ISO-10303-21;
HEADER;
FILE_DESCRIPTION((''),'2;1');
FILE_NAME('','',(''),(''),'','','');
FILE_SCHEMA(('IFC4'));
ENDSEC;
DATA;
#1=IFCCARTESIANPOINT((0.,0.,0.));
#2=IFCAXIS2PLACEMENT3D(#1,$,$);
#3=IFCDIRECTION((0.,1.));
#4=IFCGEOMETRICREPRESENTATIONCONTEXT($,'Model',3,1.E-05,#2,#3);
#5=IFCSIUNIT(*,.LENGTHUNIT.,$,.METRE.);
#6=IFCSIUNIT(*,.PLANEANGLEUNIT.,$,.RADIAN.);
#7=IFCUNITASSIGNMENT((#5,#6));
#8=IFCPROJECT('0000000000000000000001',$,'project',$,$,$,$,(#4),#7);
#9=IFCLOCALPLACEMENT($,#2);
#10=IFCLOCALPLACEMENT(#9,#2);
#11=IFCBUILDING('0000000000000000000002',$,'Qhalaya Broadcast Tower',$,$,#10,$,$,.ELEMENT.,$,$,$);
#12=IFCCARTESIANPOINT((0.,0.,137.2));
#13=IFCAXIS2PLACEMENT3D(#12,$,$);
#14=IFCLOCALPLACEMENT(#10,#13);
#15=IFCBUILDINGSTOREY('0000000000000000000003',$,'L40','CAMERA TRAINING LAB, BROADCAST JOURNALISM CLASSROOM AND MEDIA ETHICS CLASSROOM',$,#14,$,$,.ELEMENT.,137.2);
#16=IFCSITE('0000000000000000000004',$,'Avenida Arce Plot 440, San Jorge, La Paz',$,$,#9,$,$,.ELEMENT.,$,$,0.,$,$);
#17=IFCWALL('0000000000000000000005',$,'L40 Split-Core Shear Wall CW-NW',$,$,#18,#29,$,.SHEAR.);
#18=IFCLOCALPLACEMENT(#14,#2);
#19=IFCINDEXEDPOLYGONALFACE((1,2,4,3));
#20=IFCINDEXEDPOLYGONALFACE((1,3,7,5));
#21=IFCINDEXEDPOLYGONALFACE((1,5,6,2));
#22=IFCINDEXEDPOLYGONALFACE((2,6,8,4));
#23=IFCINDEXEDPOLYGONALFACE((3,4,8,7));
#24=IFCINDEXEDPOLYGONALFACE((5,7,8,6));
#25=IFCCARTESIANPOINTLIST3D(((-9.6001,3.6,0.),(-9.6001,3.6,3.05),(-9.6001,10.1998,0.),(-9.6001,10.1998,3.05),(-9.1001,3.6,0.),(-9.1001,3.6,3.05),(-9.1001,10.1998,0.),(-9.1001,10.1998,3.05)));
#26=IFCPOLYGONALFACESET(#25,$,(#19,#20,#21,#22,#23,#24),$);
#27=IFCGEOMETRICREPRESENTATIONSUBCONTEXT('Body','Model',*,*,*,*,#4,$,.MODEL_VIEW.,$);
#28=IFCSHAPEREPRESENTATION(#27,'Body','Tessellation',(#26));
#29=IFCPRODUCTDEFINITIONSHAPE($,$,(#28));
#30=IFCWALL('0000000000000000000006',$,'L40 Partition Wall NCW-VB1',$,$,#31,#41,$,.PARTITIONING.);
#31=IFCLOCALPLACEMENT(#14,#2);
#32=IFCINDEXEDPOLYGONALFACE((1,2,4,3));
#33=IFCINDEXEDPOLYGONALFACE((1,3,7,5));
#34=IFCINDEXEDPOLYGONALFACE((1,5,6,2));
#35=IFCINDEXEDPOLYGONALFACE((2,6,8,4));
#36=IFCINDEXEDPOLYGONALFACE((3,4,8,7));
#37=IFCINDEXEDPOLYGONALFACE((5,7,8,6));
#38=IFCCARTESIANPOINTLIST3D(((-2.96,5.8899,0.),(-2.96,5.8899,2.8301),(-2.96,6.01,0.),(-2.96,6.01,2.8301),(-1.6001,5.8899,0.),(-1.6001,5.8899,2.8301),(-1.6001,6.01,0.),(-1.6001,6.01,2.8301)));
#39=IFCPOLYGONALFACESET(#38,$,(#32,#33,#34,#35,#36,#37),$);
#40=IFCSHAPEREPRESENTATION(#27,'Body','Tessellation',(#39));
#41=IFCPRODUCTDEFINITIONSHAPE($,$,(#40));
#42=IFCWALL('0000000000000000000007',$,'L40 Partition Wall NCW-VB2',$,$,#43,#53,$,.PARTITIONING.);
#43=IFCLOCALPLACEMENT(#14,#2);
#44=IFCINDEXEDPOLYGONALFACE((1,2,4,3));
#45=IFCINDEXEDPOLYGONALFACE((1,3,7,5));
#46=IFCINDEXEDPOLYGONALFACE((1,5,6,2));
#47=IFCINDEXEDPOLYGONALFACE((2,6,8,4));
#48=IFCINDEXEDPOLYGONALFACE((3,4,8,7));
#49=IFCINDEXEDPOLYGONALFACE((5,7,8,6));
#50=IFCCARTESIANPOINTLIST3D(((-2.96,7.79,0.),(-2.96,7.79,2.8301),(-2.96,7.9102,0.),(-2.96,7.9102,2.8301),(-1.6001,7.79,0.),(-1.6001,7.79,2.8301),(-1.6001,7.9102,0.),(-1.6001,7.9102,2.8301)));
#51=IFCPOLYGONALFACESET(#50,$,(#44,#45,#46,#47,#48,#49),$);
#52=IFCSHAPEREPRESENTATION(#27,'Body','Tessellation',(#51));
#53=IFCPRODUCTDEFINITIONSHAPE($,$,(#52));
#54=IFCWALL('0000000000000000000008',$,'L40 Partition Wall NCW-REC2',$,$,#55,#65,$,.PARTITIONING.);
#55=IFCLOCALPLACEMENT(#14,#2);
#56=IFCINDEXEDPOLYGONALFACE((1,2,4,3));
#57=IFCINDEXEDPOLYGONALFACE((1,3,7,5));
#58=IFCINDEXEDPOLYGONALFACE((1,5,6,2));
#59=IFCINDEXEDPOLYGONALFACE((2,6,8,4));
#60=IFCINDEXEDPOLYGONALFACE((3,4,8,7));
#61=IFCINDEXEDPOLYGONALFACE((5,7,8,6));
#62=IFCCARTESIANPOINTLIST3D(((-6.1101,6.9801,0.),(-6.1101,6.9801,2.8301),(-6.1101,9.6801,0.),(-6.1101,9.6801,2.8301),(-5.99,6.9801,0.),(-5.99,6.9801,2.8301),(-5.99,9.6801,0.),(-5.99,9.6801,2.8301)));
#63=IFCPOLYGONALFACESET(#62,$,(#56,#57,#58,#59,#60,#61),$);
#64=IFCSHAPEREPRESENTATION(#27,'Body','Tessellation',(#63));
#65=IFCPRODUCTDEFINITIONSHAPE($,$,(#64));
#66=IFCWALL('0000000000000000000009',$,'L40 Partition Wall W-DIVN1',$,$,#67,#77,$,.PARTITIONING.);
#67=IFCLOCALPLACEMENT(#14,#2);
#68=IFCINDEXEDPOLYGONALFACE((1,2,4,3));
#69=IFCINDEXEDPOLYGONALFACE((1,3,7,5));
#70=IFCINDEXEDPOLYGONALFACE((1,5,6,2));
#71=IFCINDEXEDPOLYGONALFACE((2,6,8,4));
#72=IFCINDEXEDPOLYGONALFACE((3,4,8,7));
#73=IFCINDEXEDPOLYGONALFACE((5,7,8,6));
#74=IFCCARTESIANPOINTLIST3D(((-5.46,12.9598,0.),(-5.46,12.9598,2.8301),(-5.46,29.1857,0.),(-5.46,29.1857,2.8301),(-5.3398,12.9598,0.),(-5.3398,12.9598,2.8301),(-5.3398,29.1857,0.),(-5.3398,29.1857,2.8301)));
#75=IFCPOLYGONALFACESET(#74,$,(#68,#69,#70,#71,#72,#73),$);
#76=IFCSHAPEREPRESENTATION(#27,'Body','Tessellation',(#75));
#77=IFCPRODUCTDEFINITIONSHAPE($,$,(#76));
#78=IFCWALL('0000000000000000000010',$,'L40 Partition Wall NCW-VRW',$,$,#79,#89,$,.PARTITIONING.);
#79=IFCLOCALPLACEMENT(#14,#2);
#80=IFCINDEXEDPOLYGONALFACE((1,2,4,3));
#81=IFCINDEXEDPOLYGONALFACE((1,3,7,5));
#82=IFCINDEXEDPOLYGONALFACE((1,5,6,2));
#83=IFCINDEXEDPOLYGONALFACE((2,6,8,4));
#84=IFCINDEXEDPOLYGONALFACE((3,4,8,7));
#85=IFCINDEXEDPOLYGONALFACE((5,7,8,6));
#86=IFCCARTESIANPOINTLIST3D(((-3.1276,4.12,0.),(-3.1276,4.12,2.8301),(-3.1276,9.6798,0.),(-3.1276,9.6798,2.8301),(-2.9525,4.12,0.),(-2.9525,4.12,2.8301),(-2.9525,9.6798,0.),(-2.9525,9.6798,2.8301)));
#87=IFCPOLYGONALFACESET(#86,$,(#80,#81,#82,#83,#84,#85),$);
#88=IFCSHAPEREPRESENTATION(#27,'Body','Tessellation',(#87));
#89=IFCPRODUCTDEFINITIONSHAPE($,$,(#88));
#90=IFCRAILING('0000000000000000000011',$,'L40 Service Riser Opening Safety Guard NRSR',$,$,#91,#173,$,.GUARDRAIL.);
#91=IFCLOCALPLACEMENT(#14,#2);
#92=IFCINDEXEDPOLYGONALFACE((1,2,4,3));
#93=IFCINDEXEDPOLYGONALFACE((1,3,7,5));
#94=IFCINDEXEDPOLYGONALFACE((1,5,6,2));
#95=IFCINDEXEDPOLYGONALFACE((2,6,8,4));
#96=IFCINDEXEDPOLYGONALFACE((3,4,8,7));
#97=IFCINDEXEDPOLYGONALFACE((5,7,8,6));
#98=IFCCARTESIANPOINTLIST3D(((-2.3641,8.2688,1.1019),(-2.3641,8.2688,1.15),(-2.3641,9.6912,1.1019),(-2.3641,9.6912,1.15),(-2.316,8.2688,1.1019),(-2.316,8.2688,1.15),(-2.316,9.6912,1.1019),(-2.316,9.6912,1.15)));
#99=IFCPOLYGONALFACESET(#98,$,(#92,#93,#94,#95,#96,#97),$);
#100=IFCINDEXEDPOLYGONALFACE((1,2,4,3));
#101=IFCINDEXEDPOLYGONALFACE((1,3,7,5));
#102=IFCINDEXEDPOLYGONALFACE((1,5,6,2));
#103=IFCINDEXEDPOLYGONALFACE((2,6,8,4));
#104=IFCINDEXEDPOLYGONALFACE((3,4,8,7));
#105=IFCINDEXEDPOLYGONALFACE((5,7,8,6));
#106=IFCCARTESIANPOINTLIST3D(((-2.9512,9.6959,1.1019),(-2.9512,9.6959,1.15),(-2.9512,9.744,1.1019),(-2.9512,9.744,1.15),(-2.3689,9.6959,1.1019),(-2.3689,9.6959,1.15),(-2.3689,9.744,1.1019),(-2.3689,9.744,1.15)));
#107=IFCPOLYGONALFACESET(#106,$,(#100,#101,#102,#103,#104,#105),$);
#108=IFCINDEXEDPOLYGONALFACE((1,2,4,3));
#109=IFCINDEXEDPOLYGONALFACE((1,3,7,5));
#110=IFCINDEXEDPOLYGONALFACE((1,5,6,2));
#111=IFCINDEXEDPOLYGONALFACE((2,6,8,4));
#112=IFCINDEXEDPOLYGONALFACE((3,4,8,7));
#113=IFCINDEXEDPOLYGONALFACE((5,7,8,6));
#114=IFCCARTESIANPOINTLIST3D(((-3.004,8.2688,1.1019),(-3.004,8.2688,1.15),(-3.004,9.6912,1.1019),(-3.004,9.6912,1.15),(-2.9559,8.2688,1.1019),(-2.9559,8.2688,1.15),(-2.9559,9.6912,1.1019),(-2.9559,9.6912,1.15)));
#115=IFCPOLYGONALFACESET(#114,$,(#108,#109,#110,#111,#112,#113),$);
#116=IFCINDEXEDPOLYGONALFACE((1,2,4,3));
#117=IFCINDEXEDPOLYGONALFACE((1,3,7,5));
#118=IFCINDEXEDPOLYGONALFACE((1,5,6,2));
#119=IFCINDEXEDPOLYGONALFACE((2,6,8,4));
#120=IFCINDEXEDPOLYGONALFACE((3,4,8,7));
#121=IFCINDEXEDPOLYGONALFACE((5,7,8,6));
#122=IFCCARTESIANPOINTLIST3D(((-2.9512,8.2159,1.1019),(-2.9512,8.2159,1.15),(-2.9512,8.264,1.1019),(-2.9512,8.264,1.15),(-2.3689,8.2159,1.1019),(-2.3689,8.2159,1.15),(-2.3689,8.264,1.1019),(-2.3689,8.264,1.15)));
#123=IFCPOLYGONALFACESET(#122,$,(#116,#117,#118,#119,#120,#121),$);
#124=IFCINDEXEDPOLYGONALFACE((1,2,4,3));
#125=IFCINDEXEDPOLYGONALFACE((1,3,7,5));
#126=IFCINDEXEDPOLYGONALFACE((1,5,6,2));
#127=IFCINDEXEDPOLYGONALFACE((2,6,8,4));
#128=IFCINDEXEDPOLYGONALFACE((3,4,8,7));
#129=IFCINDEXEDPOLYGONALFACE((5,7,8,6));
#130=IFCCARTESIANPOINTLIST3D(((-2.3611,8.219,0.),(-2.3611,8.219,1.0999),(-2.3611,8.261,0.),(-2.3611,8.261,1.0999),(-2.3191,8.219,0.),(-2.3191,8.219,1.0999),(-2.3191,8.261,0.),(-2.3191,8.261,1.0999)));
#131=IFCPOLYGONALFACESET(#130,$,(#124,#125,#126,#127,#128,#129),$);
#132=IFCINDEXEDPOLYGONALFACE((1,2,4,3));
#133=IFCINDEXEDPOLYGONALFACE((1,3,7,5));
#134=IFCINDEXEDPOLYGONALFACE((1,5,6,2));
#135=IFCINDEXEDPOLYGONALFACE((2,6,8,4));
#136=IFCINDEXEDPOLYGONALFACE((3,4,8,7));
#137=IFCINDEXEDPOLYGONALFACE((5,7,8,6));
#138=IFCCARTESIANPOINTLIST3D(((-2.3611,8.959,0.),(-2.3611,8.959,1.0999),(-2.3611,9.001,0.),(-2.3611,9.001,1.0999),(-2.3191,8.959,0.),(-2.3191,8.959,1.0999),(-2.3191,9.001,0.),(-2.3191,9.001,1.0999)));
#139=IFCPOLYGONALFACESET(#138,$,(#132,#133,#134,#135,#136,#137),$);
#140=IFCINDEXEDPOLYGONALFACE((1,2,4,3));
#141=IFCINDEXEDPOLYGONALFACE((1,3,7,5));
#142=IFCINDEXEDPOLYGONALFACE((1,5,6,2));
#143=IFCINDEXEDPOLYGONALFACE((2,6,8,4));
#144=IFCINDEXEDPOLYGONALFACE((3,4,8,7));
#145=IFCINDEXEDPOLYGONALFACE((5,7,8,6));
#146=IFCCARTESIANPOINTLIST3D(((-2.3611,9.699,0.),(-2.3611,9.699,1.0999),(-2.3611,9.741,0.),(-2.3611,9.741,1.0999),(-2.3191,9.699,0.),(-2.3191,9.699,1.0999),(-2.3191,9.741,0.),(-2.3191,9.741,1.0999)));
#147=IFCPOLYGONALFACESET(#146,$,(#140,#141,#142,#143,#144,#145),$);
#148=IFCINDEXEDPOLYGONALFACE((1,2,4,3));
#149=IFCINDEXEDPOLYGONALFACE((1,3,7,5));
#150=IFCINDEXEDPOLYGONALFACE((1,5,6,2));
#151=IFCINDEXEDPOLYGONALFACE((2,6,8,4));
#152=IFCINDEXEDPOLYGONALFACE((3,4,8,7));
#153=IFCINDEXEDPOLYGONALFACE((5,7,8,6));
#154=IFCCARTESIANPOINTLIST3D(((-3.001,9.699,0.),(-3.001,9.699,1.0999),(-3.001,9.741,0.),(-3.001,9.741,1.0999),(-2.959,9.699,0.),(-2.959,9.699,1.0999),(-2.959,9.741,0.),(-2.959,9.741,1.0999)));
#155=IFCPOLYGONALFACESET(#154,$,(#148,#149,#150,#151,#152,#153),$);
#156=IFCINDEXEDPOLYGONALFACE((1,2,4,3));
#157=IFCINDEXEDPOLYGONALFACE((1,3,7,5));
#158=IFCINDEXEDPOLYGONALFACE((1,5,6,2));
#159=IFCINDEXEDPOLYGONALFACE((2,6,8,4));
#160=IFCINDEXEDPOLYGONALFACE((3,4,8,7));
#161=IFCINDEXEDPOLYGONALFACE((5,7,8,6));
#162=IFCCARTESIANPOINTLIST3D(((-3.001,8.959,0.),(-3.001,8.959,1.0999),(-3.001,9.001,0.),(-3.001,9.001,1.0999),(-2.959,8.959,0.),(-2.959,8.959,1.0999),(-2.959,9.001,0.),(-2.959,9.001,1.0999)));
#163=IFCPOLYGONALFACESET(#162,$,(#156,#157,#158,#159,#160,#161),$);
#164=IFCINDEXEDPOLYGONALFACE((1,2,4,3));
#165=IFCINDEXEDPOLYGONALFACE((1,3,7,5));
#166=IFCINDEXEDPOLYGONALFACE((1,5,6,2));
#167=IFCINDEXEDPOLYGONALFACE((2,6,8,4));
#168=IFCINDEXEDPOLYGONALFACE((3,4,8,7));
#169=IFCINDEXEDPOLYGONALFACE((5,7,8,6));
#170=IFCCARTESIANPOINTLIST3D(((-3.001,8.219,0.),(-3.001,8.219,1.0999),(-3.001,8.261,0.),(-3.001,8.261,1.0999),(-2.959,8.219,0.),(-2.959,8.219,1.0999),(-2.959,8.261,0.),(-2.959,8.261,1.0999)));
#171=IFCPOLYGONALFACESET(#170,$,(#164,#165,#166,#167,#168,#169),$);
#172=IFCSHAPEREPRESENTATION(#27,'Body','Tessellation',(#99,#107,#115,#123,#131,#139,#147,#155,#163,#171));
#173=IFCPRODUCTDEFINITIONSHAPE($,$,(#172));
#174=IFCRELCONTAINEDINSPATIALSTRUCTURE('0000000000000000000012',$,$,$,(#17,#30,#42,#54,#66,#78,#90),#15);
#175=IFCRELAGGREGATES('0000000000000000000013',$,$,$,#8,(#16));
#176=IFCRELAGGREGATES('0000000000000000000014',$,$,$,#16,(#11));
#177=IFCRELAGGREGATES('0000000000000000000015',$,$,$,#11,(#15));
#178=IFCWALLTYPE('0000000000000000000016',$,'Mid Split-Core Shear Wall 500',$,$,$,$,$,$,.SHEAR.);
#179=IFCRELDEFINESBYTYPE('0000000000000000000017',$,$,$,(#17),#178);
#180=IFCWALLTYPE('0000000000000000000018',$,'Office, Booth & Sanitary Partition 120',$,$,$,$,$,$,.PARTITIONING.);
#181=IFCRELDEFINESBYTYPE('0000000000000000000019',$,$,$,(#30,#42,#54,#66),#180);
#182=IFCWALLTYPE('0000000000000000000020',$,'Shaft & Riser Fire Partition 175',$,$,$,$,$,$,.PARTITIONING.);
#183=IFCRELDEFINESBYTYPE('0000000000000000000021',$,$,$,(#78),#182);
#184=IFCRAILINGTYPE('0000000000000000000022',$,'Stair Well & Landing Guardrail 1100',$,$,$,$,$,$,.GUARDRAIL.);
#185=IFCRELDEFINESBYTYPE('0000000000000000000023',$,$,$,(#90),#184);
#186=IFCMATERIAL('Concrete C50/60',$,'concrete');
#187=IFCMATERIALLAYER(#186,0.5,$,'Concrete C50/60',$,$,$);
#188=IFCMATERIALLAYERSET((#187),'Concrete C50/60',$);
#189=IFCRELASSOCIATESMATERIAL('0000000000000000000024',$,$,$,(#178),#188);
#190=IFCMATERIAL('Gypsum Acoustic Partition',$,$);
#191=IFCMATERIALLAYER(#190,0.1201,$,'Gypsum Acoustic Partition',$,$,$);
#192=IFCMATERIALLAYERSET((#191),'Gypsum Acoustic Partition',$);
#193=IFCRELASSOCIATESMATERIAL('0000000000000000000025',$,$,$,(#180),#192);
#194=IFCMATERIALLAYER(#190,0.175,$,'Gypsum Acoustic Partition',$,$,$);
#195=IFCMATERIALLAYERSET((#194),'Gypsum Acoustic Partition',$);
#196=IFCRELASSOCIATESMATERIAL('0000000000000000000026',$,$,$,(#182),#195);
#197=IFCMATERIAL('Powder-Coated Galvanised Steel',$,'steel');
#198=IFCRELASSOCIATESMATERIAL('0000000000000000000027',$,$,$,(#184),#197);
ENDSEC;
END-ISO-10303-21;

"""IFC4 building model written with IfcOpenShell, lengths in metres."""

from ifc_helpers import new_model, si_unit, direction, frame, frame_2d, origin, origin_2d, place, context, subcontext, project, spatial, rectangle, extrude, material, layer, layer_set, type_object, element, save


model = new_model("IFC4")

# Units and contexts
model_context = context("Model", 3, precision=1e-05, world=origin(), true_north=direction((0.0, 1.0)))
body_context = subcontext(model_context, "Body", "Model", "MODEL_VIEW")
ifc_project = project(units=[si_unit("LENGTHUNIT", "METRE"), si_unit("PLANEANGLEUNIT", "RADIAN")], contexts=[model_context])

# Site, building, storey
site_placement = place(None, origin())
site = spatial("IfcSite", under=ifc_project, at=site_placement, Name="Avenida Arce Plot 440, San Jorge, La Paz", CompositionType="ELEMENT", RefElevation=0.0)
building_placement = place(site_placement, origin())
building = spatial("IfcBuilding", under=site, at=building_placement, Name="Qhalaya Broadcast Tower", CompositionType="ELEMENT")
storey_placement = place(building_placement, frame((0.0, 0.0, 137.2)))
storey = spatial("IfcBuildingStorey", under=building, at=storey_placement, Name="L40", Description="CAMERA TRAINING LAB, BROADCAST JOURNALISM CLASSROOM AND MEDIA ETHICS CLASSROOM", CompositionType="ELEMENT", Elevation=137.2)

# Shared definitions
ifc_material_1 = material(Name="Concrete C50/60", Category="concrete")

# Shared definitions
ifc_material_2 = material(Name="Gypsum Acoustic Partition")

# Shared definitions
ifc_layer_1 = layer(ifc_material_1, 0.5, Name="Concrete C50/60")
ifc_layer_set_1 = layer_set([ifc_layer_1], Name="Concrete C50/60")
wall_type_1 = type_object("IfcWallType", Name="Mid Split-Core Shear Wall 500", PredefinedType="SHEAR", material=ifc_layer_set_1)

# Walls
wall_1_placement = place(storey_placement, frame((-9.3501, 3.6001, 0.0), z_axis=(0.0, 0.0, 1.0), x_axis=(0.0, 1.0, 0.0)))
element("IfcWall", 1, at=wall_1_placement, inside=storey, type_object=wall_type_1, Name="L40 Split-Core Shear Wall CW-NW", PredefinedType="SHEAR", context=body_context, shape_type="SweptSolid", body=[
    extrude(rectangle(XDim=6.5999, YDim=0.5, at=frame_2d((3.2998, 0.0))), origin(), (0.0, 0.0, 1.0), 3.05),
])
ifc_layer_2 = layer(ifc_material_2, 0.1201, Name="Gypsum Acoustic Partition")
ifc_layer_set_2 = layer_set([ifc_layer_2], Name="Gypsum Acoustic Partition")
wall_type_2 = type_object("IfcWallType", Name="Office, Booth & Sanitary Partition 120", PredefinedType="PARTITIONING", material=ifc_layer_set_2)
for number, where, z_axis, x_axis, name in (
    (2, (-2.96, 5.95, 0.0), (0.0, 0.0, 1.0), (1.0, 0.0, 0.0), "L40 Partition Wall NCW-VB1"),
    (3, (-2.96, 7.8501, 0.0), (0.0, 0.0, 1.0), (1.0, 0.0, 0.0), "L40 Partition Wall NCW-VB2"),
):
    element("IfcWall", number, at=place(storey_placement, frame(where, z_axis=z_axis, x_axis=x_axis)), inside=storey, type_object=wall_type_2, Name=name, PredefinedType="PARTITIONING", context=body_context, shape_type="SweptSolid", body=[
        extrude(rectangle(XDim=1.3599, YDim=0.1201, at=frame_2d((0.6799, 0.0))), origin(), (0.0, 0.0, 1.0), 2.8301),
    ])
wall_2_placement = place(storey_placement, frame((-6.05, 6.98, 0.0), z_axis=(0.0, 0.0, 1.0), x_axis=(0.0, 1.0, 0.0)))
element("IfcWall", 4, at=wall_2_placement, inside=storey, type_object=wall_type_2, Name="L40 Partition Wall NCW-REC2", PredefinedType="PARTITIONING", context=body_context, shape_type="SweptSolid", body=[
    extrude(rectangle(XDim=2.7, YDim=0.1201, at=frame_2d((1.3501, 0.0))), origin(), (0.0, 0.0, 1.0), 2.8301),
])
wall_3_placement = place(storey_placement, frame((-5.3999, 12.96, 0.0), z_axis=(0.0, 0.0, 1.0), x_axis=(0.0, 1.0, 0.0)))
element("IfcWall", 5, at=wall_3_placement, inside=storey, type_object=wall_type_2, Name="L40 Partition Wall W-DIVN1", PredefinedType="PARTITIONING", context=body_context, shape_type="SweptSolid", body=[
    extrude(rectangle(XDim=16.2258, YDim=0.1201, at=frame_2d((8.1128, 0.0))), origin(), (0.0, 0.0, 1.0), 2.8301),
])
ifc_layer_3 = layer(ifc_material_2, 0.175, Name="Gypsum Acoustic Partition")
ifc_layer_set_3 = layer_set([ifc_layer_3], Name="Gypsum Acoustic Partition")
wall_type_3 = type_object("IfcWallType", Name="Shaft & Riser Fire Partition 175", PredefinedType="PARTITIONING", material=ifc_layer_set_3)
wall_4_placement = place(storey_placement, frame((-3.04, 4.1201, 0.0), z_axis=(0.0, 0.0, 1.0), x_axis=(0.0, 1.0, 0.0)))
element("IfcWall", 6, at=wall_4_placement, inside=storey, type_object=wall_type_3, Name="L40 Partition Wall NCW-VRW", PredefinedType="PARTITIONING", context=body_context, shape_type="SweptSolid", body=[
    extrude(rectangle(XDim=5.5598, YDim=0.175, at=frame_2d((2.7798, 0.0))), origin(), (0.0, 0.0, 1.0), 2.8301),
])

# Railing
ifc_material_3 = material(Name="Powder-Coated Galvanised Steel", Category="steel")
railing_type = type_object("IfcRailingType", Name="Stair Well & Landing Guardrail 1100", PredefinedType="GUARDRAIL", material=ifc_material_3)
railing_placement = place(storey_placement, frame((-2.3401, 8.24, 0.0)))
element("IfcRailing", 7, at=railing_placement, inside=storey, type_object=railing_type, Name="L40 Service Riser Opening Safety Guard NRSR", PredefinedType="GUARDRAIL", context=body_context, shape_type="SweptSolid", body=[
    extrude(rectangle(XDim=0.0481, YDim=0.0481, at=origin_2d()), frame((0.0, 0.0288, 1.126), z_axis=(0.0, 1.0, 0.0), x_axis=(-1.0, 0.0, 0.0)), (0.0, 0.0, 1.0), 1.4224),
    extrude(rectangle(XDim=0.0481, YDim=0.0481, at=origin_2d()), frame((-0.0288, 1.48, 1.126), z_axis=(-1.0, 0.0, 0.0), x_axis=(0.0, -1.0, 0.0)), (0.0, 0.0, 1.0), 0.5823),
    extrude(rectangle(XDim=0.0481, YDim=0.0481, at=origin_2d()), frame((-0.6399, 1.4512, 1.126), z_axis=(0.0, -1.0, 0.0), x_axis=(1.0, 0.0, 0.0)), (0.0, 0.0, 1.0), 1.4224),
    extrude(rectangle(XDim=0.0481, YDim=0.0481, at=origin_2d()), frame((-0.6111, 0.0, 1.126), z_axis=(1.0, 0.0, 0.0), x_axis=(0.0, 1.0, 0.0)), (0.0, 0.0, 1.0), 0.5823),
    extrude(rectangle(XDim=0.042, YDim=0.042, at=origin_2d()), origin(), (0.0, 0.0, 1.0), 1.0999),
    extrude(rectangle(XDim=0.042, YDim=0.042, at=origin_2d()), frame((0.0, 0.74, 0.0)), (0.0, 0.0, 1.0), 1.0999),
    extrude(rectangle(XDim=0.042, YDim=0.042, at=origin_2d()), frame((0.0, 1.48, 0.0)), (0.0, 0.0, 1.0), 1.0999),
    extrude(rectangle(XDim=0.042, YDim=0.042, at=origin_2d()), frame((-0.6399, 1.48, 0.0)), (0.0, 0.0, 1.0), 1.0999),
    extrude(rectangle(XDim=0.042, YDim=0.042, at=origin_2d()), frame((-0.6399, 0.74, 0.0)), (0.0, 0.0, 1.0), 1.0999),
    extrude(rectangle(XDim=0.042, YDim=0.042, at=origin_2d()), frame((-0.6399, 0.0, 0.0)), (0.0, 0.0, 1.0), 1.0999),
])

save(model, "model.ifc")
